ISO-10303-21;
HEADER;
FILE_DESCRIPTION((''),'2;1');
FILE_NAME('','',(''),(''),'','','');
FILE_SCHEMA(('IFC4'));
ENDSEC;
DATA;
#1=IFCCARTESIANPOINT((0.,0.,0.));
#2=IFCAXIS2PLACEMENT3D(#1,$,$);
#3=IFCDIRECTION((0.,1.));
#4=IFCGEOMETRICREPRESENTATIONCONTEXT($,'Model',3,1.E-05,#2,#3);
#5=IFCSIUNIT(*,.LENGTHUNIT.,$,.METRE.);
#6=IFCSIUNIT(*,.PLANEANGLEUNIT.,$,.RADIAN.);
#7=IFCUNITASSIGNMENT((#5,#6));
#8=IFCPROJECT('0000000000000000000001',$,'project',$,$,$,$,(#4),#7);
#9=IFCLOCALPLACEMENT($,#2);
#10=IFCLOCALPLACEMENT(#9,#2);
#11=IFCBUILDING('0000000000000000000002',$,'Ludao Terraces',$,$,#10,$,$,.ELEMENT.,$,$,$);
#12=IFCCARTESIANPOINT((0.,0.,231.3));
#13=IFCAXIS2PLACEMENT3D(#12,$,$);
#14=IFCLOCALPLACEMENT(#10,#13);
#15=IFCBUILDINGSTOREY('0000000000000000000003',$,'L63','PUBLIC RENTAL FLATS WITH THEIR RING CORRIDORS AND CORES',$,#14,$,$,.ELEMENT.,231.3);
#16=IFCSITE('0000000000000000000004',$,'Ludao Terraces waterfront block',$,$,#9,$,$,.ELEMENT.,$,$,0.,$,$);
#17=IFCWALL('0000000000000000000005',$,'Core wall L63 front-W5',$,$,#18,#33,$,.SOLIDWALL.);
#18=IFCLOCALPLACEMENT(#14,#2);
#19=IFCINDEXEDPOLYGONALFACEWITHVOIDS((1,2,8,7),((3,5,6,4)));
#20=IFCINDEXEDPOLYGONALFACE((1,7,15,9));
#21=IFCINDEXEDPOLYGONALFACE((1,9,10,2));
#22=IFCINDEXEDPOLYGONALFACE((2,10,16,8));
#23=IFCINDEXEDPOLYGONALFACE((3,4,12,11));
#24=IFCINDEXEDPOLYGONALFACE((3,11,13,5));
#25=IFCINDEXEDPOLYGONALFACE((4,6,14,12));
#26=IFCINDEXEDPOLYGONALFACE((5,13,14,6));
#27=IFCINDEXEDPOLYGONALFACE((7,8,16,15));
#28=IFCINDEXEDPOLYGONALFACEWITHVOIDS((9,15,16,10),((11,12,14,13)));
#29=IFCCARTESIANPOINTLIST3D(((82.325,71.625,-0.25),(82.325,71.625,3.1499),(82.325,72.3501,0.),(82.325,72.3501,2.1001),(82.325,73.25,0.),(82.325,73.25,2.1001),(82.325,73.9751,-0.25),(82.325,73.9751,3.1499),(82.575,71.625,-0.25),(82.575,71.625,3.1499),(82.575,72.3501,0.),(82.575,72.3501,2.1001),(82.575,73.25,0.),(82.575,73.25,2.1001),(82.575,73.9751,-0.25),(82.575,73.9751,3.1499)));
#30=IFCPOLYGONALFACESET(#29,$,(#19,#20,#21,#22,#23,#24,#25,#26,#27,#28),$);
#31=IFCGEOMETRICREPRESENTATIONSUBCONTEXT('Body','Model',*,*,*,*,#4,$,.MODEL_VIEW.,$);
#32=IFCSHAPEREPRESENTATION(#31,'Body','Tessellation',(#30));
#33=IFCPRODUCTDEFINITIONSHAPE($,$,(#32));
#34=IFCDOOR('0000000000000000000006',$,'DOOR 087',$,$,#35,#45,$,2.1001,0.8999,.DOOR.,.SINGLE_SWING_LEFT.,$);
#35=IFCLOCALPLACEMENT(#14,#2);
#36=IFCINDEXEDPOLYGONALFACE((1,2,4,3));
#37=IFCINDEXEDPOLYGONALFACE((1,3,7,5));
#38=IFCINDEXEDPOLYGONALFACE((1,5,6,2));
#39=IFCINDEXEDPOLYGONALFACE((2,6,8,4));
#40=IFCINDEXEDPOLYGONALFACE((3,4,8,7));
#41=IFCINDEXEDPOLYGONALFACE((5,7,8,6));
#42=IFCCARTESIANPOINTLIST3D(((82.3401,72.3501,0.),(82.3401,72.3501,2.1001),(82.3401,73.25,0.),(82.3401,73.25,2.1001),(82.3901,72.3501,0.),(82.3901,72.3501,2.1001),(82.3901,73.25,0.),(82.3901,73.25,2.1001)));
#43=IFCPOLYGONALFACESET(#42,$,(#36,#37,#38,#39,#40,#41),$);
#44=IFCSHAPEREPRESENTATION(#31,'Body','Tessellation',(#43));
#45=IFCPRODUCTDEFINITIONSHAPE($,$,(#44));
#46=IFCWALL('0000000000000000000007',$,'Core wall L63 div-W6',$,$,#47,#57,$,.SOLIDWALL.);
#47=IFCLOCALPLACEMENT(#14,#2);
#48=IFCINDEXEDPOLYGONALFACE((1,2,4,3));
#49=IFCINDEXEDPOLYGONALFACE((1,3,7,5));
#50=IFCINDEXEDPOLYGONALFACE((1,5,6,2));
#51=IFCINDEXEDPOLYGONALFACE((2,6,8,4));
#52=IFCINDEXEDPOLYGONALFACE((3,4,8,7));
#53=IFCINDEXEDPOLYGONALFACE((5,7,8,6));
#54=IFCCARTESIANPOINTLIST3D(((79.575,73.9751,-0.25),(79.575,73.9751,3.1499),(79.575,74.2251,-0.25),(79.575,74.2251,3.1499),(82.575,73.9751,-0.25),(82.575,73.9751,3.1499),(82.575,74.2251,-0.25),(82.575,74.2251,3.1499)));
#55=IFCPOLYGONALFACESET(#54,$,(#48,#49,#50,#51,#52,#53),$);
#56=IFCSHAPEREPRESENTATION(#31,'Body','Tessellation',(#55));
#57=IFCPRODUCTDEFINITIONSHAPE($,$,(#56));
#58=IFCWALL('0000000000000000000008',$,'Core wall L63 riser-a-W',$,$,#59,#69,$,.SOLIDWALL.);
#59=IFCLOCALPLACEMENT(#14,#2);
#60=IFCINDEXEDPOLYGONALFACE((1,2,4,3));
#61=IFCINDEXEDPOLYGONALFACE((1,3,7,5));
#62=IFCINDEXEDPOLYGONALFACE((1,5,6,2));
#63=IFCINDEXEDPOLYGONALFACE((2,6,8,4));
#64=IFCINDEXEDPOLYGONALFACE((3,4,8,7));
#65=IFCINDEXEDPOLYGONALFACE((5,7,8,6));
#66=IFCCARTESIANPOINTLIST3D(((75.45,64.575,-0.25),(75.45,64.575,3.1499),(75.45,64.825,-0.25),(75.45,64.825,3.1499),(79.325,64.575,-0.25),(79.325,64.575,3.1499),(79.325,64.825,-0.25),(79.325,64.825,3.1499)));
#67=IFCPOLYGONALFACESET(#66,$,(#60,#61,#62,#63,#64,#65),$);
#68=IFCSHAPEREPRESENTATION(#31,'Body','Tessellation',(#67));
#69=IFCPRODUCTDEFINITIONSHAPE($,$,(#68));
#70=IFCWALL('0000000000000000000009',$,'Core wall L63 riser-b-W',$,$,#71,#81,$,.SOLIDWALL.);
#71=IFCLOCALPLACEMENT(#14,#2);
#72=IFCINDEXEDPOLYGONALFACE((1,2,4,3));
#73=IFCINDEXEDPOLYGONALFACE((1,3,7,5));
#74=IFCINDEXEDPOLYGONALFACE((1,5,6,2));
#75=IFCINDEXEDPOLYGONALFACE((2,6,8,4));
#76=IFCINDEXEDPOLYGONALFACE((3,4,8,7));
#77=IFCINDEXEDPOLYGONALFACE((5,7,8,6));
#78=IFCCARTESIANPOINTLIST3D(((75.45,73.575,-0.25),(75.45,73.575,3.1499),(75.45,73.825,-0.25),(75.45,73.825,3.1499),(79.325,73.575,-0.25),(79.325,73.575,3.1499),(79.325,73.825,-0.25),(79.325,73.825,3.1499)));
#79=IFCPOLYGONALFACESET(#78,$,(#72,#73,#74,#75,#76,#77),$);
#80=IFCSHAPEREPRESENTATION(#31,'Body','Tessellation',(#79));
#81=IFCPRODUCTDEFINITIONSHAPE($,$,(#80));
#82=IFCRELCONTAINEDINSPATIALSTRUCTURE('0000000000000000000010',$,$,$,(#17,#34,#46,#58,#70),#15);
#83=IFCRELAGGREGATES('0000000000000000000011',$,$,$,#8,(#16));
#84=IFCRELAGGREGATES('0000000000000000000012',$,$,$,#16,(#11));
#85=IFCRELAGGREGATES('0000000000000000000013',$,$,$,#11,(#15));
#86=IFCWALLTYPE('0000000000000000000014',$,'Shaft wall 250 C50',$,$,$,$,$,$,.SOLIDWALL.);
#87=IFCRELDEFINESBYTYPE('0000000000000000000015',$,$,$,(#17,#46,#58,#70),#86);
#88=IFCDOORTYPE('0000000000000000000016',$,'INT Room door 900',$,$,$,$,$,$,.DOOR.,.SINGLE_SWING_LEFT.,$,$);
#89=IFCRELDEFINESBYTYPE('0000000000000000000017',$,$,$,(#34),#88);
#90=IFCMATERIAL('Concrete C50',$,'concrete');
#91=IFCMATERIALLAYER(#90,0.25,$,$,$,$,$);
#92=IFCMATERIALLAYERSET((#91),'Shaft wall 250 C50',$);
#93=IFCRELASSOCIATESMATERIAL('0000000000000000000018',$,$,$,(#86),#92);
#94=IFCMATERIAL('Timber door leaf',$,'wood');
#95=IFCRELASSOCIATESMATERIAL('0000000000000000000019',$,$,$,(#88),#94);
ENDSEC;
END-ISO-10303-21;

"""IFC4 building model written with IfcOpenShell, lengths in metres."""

from ifc_helpers import new_model, si_unit, direction, frame, frame_2d, origin, place, context, subcontext, project, spatial, rectangle, extrude, material, layer, layer_set, type_object, element, fill, save


model = new_model("IFC4")

# Units and contexts
model_context = context("Model", 3, precision=1e-05, world=origin(), true_north=direction((0.0, 1.0)))
body_context = subcontext(model_context, "Body", "Model", "MODEL_VIEW")
ifc_project = project(units=[si_unit("LENGTHUNIT", "METRE"), si_unit("PLANEANGLEUNIT", "RADIAN")], contexts=[model_context])

# Site, building, storey
site_placement = place(None, origin())
site = spatial("IfcSite", under=ifc_project, at=site_placement, Name="Ludao Terraces waterfront block", CompositionType="ELEMENT", RefElevation=0.0)
building_placement = place(site_placement, origin())
building = spatial("IfcBuilding", under=site, at=building_placement, Name="Ludao Terraces", CompositionType="ELEMENT")
storey_placement = place(building_placement, frame((0.0, 0.0, 231.3)))
storey = spatial("IfcBuildingStorey", under=building, at=storey_placement, Name="L63", Description="PUBLIC RENTAL FLATS WITH THEIR RING CORRIDORS AND CORES", CompositionType="ELEMENT", Elevation=231.3)

# Shared definitions
ifc_material_1 = material(Name="Timber door leaf", Category="wood")

# Shared definitions
ifc_material_2 = material(Name="Concrete C50", Category="concrete")
ifc_layer_1 = layer(ifc_material_2, 0.25)
ifc_layer_set_1 = layer_set([ifc_layer_1], Name="Shaft wall 250 C50")
wall_type_1 = type_object("IfcWallType", Name="Shaft wall 250 C50", PredefinedType="SOLIDWALL", material=ifc_layer_set_1)

# Shared definitions
door_type_1 = type_object("IfcDoorType", Name="INT Room door 900", OperationType="SINGLE_SWING_LEFT", PredefinedType="DOOR", material=ifc_material_1)

# Wall, opening, door
wall_1_placement = place(storey_placement, frame((82.45, 71.625, -0.25), z_axis=(0.0, 0.0, 1.0), x_axis=(0.0, 1.0, 0.0)))
wall_1 = element("IfcWall", 1, at=wall_1_placement, inside=storey, type_object=wall_type_1, Name="Core wall L63 front-W5", PredefinedType="SOLIDWALL", context=body_context, shape_type="SweptSolid", body=[
    extrude(rectangle(XDim=2.3501, YDim=0.25, at=frame_2d((1.175, 0.0))), origin(), (0.0, 0.0, 1.0), 3.3999),
])
opening_1_placement = place(wall_1_placement, frame((0.7251, 0.0, 0.25)))
opening_1 = element("IfcOpeningElement", 2, at=opening_1_placement, cuts=wall_1, PredefinedType="OPENING", context=body_context, shape_type="SweptSolid", body=[
    extrude(rectangle(XDim=0.8999, YDim=2.1001, at=frame_2d((0.45, 1.05))), frame((0.0, 0.135, 0.0), z_axis=(0.0, -1.0, 0.0), x_axis=(1.0, 0.0, 0.0)), (0.0, 0.0, 1.0), 0.27),
])
door_1_placement = place(opening_1_placement, origin())
door_1 = element("IfcDoor", 3, at=door_1_placement, inside=storey, type_object=door_type_1, Name="DOOR 087", OperationType="SINGLE_SWING_LEFT", OverallHeight=2.1001, OverallWidth=0.8999, PredefinedType="DOOR", context=body_context, shape_type="SweptSolid", body=[
    extrude(rectangle(XDim=0.8999, YDim=2.1001, at=frame_2d((0.45, 1.05))), frame((0.0, 0.1099, 0.0), z_axis=(0.0, -1.0, 0.0), x_axis=(1.0, 0.0, 0.0)), (0.0, 0.0, 1.0), 0.05),
])
fill(opening_1, door_1)

# Walls
wall_2_placement = place(storey_placement, frame((79.575, 74.1001, -0.25), z_axis=(0.0, 0.0, 1.0), x_axis=(1.0, 0.0, 0.0)))
element("IfcWall", 4, at=wall_2_placement, inside=storey, type_object=wall_type_1, Name="Core wall L63 div-W6", PredefinedType="SOLIDWALL", context=body_context, shape_type="SweptSolid", body=[
    extrude(rectangle(XDim=3.0, YDim=0.25, at=frame_2d((1.5, 0.0))), origin(), (0.0, 0.0, 1.0), 3.3999),
])
for number, where, z_axis, x_axis, name in (
    (5, (75.45, 64.7, -0.25), (0.0, 0.0, 1.0), (1.0, 0.0, 0.0), "Core wall L63 riser-a-W"),
    (6, (75.45, 73.7, -0.25), (0.0, 0.0, 1.0), (1.0, 0.0, 0.0), "Core wall L63 riser-b-W"),
):
    element("IfcWall", number, at=place(storey_placement, frame(where, z_axis=z_axis, x_axis=x_axis)), inside=storey, type_object=wall_type_1, Name=name, PredefinedType="SOLIDWALL", context=body_context, shape_type="SweptSolid", body=[
        extrude(rectangle(XDim=3.875, YDim=0.25, at=frame_2d((1.9375, 0.0))), origin(), (0.0, 0.0, 1.0), 3.3999),
    ])

save(model, "model.ifc")
